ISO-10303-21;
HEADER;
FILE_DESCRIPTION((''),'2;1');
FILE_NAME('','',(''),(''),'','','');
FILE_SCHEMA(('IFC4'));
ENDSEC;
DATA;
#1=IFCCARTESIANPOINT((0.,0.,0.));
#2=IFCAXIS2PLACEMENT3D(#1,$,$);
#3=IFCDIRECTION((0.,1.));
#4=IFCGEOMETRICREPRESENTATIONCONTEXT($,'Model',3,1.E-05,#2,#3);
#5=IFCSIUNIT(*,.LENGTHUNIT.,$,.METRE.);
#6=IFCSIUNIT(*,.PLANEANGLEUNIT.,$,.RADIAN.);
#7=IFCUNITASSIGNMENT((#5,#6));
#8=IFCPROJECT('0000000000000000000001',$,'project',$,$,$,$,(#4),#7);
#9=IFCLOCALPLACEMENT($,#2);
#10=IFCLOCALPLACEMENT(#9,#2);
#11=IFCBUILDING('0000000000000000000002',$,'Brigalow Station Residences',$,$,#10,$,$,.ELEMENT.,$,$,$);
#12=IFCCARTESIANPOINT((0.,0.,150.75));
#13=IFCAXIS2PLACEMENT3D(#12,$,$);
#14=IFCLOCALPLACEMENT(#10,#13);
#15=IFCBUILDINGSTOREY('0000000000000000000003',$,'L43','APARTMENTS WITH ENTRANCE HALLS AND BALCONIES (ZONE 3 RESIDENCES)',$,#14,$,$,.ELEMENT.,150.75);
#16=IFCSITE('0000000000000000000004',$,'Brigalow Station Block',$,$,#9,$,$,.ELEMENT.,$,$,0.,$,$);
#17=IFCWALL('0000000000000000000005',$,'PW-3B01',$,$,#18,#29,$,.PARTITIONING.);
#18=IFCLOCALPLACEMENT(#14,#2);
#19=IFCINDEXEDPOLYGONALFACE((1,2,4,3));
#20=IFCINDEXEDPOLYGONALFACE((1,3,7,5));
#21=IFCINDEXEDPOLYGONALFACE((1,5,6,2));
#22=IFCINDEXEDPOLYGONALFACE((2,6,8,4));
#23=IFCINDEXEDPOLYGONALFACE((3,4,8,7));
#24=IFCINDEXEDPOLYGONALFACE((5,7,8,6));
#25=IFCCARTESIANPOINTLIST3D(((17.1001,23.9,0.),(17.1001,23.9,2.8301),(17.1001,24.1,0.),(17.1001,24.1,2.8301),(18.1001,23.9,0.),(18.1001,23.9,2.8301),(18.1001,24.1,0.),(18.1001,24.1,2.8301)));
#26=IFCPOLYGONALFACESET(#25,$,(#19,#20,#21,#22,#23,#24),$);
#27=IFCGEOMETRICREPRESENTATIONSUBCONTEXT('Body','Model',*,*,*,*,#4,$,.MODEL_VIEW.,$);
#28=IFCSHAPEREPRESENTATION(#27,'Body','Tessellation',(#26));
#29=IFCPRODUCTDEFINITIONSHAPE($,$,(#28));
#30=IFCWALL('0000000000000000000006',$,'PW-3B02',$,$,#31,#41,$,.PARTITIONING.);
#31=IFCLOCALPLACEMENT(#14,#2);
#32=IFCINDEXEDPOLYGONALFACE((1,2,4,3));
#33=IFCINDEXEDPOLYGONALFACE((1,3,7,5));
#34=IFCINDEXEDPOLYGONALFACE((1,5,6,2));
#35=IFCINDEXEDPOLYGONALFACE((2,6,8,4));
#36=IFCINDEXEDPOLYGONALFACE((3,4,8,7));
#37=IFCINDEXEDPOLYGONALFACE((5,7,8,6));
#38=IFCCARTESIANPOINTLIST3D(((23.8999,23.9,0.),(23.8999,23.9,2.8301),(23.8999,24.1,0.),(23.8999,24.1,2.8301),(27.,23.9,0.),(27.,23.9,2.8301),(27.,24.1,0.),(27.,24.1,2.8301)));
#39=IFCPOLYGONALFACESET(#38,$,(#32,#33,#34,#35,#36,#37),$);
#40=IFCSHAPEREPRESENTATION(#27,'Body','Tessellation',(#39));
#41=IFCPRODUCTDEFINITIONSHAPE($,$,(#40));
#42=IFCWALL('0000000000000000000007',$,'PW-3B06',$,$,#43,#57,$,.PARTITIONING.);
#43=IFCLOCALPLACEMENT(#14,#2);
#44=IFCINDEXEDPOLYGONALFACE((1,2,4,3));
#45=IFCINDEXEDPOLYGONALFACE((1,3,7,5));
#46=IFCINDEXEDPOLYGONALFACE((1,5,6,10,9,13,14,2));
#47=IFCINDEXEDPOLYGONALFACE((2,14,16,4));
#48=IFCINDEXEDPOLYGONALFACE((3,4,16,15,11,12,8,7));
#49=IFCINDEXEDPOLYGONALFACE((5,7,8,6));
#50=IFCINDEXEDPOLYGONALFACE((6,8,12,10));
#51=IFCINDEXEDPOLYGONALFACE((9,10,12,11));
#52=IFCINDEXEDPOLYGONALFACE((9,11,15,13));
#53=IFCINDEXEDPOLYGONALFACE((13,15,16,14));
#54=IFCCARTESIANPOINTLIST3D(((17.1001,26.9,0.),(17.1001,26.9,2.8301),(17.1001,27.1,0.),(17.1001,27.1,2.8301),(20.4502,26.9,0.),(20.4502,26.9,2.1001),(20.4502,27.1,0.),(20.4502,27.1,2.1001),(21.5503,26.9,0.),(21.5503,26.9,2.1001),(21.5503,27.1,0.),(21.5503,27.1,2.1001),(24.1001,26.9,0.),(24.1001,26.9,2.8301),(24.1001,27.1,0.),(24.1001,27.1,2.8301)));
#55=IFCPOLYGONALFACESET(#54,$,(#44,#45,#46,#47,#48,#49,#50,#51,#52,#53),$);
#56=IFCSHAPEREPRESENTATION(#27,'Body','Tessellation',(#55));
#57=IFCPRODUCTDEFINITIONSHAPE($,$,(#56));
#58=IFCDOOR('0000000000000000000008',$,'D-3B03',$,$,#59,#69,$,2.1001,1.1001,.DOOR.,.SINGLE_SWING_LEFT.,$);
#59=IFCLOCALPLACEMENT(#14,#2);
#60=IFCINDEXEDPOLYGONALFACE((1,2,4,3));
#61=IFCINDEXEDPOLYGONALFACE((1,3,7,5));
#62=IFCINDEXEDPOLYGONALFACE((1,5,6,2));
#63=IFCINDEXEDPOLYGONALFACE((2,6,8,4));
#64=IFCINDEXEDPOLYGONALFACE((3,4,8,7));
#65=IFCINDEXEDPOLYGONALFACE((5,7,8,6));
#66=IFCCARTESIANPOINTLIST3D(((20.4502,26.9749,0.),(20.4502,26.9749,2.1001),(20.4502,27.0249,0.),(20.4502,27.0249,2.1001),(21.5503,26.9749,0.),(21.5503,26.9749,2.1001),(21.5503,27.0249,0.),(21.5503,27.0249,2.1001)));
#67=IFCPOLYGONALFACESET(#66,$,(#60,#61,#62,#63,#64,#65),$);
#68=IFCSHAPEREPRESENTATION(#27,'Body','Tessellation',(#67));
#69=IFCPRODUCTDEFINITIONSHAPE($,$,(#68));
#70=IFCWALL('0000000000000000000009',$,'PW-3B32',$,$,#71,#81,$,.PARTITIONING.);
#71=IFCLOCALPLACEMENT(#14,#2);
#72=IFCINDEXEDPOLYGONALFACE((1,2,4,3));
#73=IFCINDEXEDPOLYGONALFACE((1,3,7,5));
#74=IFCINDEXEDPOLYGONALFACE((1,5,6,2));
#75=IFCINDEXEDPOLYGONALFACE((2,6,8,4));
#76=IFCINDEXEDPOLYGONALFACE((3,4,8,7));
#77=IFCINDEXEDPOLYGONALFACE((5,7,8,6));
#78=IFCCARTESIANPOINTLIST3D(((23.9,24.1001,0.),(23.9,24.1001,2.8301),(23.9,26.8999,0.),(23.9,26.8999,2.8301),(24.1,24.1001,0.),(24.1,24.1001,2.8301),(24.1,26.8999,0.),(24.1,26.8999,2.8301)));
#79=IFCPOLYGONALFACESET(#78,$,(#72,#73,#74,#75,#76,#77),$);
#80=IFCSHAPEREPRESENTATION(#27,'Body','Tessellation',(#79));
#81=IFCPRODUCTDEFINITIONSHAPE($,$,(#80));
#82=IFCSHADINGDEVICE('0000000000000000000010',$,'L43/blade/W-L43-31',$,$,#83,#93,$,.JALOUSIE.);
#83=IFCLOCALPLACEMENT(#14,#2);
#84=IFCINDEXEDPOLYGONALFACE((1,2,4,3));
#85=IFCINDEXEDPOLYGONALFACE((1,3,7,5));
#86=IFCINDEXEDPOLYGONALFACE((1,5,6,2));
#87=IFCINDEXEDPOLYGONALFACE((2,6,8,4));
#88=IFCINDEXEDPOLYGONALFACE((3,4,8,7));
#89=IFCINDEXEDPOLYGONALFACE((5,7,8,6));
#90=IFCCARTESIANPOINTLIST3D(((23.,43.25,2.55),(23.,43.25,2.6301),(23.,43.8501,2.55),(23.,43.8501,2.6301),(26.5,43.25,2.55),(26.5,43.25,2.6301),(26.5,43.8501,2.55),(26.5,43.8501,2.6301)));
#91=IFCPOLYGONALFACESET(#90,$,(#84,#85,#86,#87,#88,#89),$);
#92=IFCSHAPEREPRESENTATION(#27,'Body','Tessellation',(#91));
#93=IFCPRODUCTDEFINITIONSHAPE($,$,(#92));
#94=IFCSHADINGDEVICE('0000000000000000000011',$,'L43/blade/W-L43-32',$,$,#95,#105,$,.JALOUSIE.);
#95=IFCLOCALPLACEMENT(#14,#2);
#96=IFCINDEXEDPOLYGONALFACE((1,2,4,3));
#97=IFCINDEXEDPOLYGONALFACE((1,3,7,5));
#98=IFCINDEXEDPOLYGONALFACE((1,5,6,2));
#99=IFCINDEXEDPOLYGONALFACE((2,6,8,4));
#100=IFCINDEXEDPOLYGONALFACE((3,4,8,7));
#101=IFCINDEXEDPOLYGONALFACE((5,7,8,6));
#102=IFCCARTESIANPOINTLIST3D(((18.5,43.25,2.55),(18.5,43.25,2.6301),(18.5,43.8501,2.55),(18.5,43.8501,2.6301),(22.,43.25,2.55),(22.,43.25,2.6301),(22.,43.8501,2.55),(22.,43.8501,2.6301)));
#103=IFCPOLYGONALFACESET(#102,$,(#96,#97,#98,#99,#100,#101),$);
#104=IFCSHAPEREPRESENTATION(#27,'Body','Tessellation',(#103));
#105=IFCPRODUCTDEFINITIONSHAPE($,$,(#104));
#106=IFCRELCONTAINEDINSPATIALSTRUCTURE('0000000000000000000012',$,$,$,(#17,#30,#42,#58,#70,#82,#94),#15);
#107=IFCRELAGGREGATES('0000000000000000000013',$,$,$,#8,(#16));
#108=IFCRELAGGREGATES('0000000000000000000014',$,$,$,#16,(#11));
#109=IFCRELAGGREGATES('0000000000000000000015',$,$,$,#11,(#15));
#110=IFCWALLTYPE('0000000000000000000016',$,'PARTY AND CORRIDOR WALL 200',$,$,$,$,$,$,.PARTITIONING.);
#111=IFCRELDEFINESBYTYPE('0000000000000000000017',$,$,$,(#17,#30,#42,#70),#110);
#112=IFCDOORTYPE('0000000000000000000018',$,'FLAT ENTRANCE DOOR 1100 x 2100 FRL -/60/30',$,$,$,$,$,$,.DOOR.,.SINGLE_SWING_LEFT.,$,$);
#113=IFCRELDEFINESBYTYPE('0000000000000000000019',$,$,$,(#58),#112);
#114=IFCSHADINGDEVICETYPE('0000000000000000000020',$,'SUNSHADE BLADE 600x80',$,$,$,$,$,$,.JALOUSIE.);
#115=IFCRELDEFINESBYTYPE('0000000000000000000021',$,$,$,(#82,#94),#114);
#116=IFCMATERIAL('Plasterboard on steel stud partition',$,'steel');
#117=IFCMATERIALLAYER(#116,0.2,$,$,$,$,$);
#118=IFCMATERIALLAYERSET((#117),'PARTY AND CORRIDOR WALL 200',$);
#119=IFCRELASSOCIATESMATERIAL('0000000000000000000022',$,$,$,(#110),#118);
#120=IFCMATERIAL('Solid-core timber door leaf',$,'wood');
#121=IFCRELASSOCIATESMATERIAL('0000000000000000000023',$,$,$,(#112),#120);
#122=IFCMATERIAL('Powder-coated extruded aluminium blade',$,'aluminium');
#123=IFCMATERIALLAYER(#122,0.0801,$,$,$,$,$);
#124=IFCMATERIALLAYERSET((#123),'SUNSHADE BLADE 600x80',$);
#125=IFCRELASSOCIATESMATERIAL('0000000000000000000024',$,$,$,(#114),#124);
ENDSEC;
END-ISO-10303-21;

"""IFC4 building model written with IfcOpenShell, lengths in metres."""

from ifc_helpers import new_model, si_unit, direction, frame, frame_2d, origin, origin_2d, place, context, subcontext, project, spatial, rectangle, extrude, material, layer, layer_set, type_object, element, fill, save


model = new_model("IFC4")

# Units and contexts
model_context = context("Model", 3, precision=1e-05, world=origin(), true_north=direction((0.0, 1.0)))
body_context = subcontext(model_context, "Body", "Model", "MODEL_VIEW")
ifc_project = project(units=[si_unit("LENGTHUNIT", "METRE"), si_unit("PLANEANGLEUNIT", "RADIAN")], contexts=[model_context])

# Site, building, storey
site_placement = place(None, origin())
site = spatial("IfcSite", under=ifc_project, at=site_placement, Name="Brigalow Station Block", CompositionType="ELEMENT", RefElevation=0.0)
building_placement = place(site_placement, origin())
building = spatial("IfcBuilding", under=site, at=building_placement, Name="Brigalow Station Residences", CompositionType="ELEMENT")
storey_placement = place(building_placement, frame((0.0, 0.0, 150.75)))
storey = spatial("IfcBuildingStorey", under=building, at=storey_placement, Name="L43", Description="APARTMENTS WITH ENTRANCE HALLS AND BALCONIES (ZONE 3 RESIDENCES)", CompositionType="ELEMENT", Elevation=150.75)

# Walls
ifc_material_1 = material(Name="Plasterboard on steel stud partition", Category="steel")
ifc_layer_1 = layer(ifc_material_1, 0.2)
ifc_layer_set_1 = layer_set([ifc_layer_1], Name="PARTY AND CORRIDOR WALL 200")
wall_type_1 = type_object("IfcWallType", Name="PARTY AND CORRIDOR WALL 200", PredefinedType="PARTITIONING", material=ifc_layer_set_1)
wall_1_placement = place(storey_placement, frame((17.1001, 24.0, 0.0), z_axis=(0.0, 0.0, 1.0), x_axis=(1.0, 0.0, 0.0)))
element("IfcWall", 1, at=wall_1_placement, inside=storey, type_object=wall_type_1, Name="PW-3B01", PredefinedType="PARTITIONING", context=body_context, shape_type="SweptSolid", body=[
    extrude(rectangle(XDim=1.0, YDim=0.2, at=frame_2d((0.5, 0.0))), origin(), (0.0, 0.0, 1.0), 2.8301),
])
wall_2_placement = place(storey_placement, frame((23.8999, 24.0, 0.0), z_axis=(0.0, 0.0, 1.0), x_axis=(1.0, 0.0, 0.0)))
element("IfcWall", 2, at=wall_2_placement, inside=storey, type_object=wall_type_1, Name="PW-3B02", PredefinedType="PARTITIONING", context=body_context, shape_type="SweptSolid", body=[
    extrude(rectangle(XDim=3.1001, YDim=0.2, at=frame_2d((1.55, 0.0))), origin(), (0.0, 0.0, 1.0), 2.8301),
])

# Wall, opening, door
wall_3_placement = place(storey_placement, frame((17.1001, 27.0, 0.0), z_axis=(0.0, 0.0, 1.0), x_axis=(1.0, 0.0, 0.0)))
wall_3 = element("IfcWall", 3, at=wall_3_placement, inside=storey, type_object=wall_type_1, Name="PW-3B06", PredefinedType="PARTITIONING", context=body_context, shape_type="SweptSolid", body=[
    extrude(rectangle(XDim=7.0, YDim=0.2, at=frame_2d((3.5, 0.0))), origin(), (0.0, 0.0, 1.0), 2.8301),
])
opening_1_placement = place(wall_3_placement, frame((3.3501, 0.0, 0.0)))
opening_1 = element("IfcOpeningElement", 4, at=opening_1_placement, cuts=wall_3, PredefinedType="OPENING", context=body_context, shape_type="SweptSolid", body=[
    extrude(rectangle(XDim=1.1001, YDim=2.1001, at=frame_2d((0.55, 1.05))), frame((0.0, 0.1099, 0.0), z_axis=(0.0, -1.0, 0.0), x_axis=(1.0, 0.0, 0.0)), (0.0, 0.0, 1.0), 0.22),
])
ifc_material_2 = material(Name="Solid-core timber door leaf", Category="wood")
door_type_1 = type_object("IfcDoorType", Name="FLAT ENTRANCE DOOR 1100 x 2100 FRL -/60/30", OperationType="SINGLE_SWING_LEFT", PredefinedType="DOOR", material=ifc_material_2)
door_1_placement = place(opening_1_placement, origin())
door_1 = element("IfcDoor", 5, at=door_1_placement, inside=storey, type_object=door_type_1, Name="D-3B03", OperationType="SINGLE_SWING_LEFT", OverallHeight=2.1001, OverallWidth=1.1001, PredefinedType="DOOR", context=body_context, shape_type="SweptSolid", body=[
    extrude(rectangle(XDim=1.1001, YDim=2.1001, at=frame_2d((0.55, 1.05))), frame((0.0, 0.0249, 0.0), z_axis=(0.0, -1.0, 0.0), x_axis=(1.0, 0.0, 0.0)), (0.0, 0.0, 1.0), 0.05),
])
fill(opening_1, door_1)

# Wall
wall_4_placement = place(storey_placement, frame((24.0, 24.1001, 0.0), z_axis=(0.0, 0.0, 1.0), x_axis=(0.0, 1.0, 0.0)))
element("IfcWall", 6, at=wall_4_placement, inside=storey, type_object=wall_type_1, Name="PW-3B32", PredefinedType="PARTITIONING", context=body_context, shape_type="SweptSolid", body=[
    extrude(rectangle(XDim=2.7998, YDim=0.2, at=frame_2d((1.3999, 0.0))), origin(), (0.0, 0.0, 1.0), 2.8301),
])

# Shading devices
ifc_material_3 = material(Name="Powder-coated extruded aluminium blade", Category="aluminium")
ifc_layer_2 = layer(ifc_material_3, 0.0801)
ifc_layer_set_2 = layer_set([ifc_layer_2], Name="SUNSHADE BLADE 600x80")
shading_device_type = type_object("IfcShadingDeviceType", Name="SUNSHADE BLADE 600x80", PredefinedType="JALOUSIE", material=ifc_layer_set_2)
for number, where, z_axis, x_axis, name in (
    (7, (24.75, 43.55, 2.55), (0.0, 0.0, 1.0), (-1.0, 0.0, 0.0), "L43/blade/W-L43-31"),
    (8, (20.25, 43.55, 2.55), (0.0, 0.0, 1.0), (-1.0, 0.0, 0.0), "L43/blade/W-L43-32"),
):
    element("IfcShadingDevice", number, at=place(storey_placement, frame(where, z_axis=z_axis, x_axis=x_axis)), inside=storey, type_object=shading_device_type, Name=name, PredefinedType="JALOUSIE", context=body_context, shape_type="SweptSolid", body=[
        extrude(rectangle(XDim=3.5, YDim=0.6001, at=origin_2d()), origin(), (0.0, 0.0, 1.0), 0.0801),
    ])

save(model, "model.ifc")
